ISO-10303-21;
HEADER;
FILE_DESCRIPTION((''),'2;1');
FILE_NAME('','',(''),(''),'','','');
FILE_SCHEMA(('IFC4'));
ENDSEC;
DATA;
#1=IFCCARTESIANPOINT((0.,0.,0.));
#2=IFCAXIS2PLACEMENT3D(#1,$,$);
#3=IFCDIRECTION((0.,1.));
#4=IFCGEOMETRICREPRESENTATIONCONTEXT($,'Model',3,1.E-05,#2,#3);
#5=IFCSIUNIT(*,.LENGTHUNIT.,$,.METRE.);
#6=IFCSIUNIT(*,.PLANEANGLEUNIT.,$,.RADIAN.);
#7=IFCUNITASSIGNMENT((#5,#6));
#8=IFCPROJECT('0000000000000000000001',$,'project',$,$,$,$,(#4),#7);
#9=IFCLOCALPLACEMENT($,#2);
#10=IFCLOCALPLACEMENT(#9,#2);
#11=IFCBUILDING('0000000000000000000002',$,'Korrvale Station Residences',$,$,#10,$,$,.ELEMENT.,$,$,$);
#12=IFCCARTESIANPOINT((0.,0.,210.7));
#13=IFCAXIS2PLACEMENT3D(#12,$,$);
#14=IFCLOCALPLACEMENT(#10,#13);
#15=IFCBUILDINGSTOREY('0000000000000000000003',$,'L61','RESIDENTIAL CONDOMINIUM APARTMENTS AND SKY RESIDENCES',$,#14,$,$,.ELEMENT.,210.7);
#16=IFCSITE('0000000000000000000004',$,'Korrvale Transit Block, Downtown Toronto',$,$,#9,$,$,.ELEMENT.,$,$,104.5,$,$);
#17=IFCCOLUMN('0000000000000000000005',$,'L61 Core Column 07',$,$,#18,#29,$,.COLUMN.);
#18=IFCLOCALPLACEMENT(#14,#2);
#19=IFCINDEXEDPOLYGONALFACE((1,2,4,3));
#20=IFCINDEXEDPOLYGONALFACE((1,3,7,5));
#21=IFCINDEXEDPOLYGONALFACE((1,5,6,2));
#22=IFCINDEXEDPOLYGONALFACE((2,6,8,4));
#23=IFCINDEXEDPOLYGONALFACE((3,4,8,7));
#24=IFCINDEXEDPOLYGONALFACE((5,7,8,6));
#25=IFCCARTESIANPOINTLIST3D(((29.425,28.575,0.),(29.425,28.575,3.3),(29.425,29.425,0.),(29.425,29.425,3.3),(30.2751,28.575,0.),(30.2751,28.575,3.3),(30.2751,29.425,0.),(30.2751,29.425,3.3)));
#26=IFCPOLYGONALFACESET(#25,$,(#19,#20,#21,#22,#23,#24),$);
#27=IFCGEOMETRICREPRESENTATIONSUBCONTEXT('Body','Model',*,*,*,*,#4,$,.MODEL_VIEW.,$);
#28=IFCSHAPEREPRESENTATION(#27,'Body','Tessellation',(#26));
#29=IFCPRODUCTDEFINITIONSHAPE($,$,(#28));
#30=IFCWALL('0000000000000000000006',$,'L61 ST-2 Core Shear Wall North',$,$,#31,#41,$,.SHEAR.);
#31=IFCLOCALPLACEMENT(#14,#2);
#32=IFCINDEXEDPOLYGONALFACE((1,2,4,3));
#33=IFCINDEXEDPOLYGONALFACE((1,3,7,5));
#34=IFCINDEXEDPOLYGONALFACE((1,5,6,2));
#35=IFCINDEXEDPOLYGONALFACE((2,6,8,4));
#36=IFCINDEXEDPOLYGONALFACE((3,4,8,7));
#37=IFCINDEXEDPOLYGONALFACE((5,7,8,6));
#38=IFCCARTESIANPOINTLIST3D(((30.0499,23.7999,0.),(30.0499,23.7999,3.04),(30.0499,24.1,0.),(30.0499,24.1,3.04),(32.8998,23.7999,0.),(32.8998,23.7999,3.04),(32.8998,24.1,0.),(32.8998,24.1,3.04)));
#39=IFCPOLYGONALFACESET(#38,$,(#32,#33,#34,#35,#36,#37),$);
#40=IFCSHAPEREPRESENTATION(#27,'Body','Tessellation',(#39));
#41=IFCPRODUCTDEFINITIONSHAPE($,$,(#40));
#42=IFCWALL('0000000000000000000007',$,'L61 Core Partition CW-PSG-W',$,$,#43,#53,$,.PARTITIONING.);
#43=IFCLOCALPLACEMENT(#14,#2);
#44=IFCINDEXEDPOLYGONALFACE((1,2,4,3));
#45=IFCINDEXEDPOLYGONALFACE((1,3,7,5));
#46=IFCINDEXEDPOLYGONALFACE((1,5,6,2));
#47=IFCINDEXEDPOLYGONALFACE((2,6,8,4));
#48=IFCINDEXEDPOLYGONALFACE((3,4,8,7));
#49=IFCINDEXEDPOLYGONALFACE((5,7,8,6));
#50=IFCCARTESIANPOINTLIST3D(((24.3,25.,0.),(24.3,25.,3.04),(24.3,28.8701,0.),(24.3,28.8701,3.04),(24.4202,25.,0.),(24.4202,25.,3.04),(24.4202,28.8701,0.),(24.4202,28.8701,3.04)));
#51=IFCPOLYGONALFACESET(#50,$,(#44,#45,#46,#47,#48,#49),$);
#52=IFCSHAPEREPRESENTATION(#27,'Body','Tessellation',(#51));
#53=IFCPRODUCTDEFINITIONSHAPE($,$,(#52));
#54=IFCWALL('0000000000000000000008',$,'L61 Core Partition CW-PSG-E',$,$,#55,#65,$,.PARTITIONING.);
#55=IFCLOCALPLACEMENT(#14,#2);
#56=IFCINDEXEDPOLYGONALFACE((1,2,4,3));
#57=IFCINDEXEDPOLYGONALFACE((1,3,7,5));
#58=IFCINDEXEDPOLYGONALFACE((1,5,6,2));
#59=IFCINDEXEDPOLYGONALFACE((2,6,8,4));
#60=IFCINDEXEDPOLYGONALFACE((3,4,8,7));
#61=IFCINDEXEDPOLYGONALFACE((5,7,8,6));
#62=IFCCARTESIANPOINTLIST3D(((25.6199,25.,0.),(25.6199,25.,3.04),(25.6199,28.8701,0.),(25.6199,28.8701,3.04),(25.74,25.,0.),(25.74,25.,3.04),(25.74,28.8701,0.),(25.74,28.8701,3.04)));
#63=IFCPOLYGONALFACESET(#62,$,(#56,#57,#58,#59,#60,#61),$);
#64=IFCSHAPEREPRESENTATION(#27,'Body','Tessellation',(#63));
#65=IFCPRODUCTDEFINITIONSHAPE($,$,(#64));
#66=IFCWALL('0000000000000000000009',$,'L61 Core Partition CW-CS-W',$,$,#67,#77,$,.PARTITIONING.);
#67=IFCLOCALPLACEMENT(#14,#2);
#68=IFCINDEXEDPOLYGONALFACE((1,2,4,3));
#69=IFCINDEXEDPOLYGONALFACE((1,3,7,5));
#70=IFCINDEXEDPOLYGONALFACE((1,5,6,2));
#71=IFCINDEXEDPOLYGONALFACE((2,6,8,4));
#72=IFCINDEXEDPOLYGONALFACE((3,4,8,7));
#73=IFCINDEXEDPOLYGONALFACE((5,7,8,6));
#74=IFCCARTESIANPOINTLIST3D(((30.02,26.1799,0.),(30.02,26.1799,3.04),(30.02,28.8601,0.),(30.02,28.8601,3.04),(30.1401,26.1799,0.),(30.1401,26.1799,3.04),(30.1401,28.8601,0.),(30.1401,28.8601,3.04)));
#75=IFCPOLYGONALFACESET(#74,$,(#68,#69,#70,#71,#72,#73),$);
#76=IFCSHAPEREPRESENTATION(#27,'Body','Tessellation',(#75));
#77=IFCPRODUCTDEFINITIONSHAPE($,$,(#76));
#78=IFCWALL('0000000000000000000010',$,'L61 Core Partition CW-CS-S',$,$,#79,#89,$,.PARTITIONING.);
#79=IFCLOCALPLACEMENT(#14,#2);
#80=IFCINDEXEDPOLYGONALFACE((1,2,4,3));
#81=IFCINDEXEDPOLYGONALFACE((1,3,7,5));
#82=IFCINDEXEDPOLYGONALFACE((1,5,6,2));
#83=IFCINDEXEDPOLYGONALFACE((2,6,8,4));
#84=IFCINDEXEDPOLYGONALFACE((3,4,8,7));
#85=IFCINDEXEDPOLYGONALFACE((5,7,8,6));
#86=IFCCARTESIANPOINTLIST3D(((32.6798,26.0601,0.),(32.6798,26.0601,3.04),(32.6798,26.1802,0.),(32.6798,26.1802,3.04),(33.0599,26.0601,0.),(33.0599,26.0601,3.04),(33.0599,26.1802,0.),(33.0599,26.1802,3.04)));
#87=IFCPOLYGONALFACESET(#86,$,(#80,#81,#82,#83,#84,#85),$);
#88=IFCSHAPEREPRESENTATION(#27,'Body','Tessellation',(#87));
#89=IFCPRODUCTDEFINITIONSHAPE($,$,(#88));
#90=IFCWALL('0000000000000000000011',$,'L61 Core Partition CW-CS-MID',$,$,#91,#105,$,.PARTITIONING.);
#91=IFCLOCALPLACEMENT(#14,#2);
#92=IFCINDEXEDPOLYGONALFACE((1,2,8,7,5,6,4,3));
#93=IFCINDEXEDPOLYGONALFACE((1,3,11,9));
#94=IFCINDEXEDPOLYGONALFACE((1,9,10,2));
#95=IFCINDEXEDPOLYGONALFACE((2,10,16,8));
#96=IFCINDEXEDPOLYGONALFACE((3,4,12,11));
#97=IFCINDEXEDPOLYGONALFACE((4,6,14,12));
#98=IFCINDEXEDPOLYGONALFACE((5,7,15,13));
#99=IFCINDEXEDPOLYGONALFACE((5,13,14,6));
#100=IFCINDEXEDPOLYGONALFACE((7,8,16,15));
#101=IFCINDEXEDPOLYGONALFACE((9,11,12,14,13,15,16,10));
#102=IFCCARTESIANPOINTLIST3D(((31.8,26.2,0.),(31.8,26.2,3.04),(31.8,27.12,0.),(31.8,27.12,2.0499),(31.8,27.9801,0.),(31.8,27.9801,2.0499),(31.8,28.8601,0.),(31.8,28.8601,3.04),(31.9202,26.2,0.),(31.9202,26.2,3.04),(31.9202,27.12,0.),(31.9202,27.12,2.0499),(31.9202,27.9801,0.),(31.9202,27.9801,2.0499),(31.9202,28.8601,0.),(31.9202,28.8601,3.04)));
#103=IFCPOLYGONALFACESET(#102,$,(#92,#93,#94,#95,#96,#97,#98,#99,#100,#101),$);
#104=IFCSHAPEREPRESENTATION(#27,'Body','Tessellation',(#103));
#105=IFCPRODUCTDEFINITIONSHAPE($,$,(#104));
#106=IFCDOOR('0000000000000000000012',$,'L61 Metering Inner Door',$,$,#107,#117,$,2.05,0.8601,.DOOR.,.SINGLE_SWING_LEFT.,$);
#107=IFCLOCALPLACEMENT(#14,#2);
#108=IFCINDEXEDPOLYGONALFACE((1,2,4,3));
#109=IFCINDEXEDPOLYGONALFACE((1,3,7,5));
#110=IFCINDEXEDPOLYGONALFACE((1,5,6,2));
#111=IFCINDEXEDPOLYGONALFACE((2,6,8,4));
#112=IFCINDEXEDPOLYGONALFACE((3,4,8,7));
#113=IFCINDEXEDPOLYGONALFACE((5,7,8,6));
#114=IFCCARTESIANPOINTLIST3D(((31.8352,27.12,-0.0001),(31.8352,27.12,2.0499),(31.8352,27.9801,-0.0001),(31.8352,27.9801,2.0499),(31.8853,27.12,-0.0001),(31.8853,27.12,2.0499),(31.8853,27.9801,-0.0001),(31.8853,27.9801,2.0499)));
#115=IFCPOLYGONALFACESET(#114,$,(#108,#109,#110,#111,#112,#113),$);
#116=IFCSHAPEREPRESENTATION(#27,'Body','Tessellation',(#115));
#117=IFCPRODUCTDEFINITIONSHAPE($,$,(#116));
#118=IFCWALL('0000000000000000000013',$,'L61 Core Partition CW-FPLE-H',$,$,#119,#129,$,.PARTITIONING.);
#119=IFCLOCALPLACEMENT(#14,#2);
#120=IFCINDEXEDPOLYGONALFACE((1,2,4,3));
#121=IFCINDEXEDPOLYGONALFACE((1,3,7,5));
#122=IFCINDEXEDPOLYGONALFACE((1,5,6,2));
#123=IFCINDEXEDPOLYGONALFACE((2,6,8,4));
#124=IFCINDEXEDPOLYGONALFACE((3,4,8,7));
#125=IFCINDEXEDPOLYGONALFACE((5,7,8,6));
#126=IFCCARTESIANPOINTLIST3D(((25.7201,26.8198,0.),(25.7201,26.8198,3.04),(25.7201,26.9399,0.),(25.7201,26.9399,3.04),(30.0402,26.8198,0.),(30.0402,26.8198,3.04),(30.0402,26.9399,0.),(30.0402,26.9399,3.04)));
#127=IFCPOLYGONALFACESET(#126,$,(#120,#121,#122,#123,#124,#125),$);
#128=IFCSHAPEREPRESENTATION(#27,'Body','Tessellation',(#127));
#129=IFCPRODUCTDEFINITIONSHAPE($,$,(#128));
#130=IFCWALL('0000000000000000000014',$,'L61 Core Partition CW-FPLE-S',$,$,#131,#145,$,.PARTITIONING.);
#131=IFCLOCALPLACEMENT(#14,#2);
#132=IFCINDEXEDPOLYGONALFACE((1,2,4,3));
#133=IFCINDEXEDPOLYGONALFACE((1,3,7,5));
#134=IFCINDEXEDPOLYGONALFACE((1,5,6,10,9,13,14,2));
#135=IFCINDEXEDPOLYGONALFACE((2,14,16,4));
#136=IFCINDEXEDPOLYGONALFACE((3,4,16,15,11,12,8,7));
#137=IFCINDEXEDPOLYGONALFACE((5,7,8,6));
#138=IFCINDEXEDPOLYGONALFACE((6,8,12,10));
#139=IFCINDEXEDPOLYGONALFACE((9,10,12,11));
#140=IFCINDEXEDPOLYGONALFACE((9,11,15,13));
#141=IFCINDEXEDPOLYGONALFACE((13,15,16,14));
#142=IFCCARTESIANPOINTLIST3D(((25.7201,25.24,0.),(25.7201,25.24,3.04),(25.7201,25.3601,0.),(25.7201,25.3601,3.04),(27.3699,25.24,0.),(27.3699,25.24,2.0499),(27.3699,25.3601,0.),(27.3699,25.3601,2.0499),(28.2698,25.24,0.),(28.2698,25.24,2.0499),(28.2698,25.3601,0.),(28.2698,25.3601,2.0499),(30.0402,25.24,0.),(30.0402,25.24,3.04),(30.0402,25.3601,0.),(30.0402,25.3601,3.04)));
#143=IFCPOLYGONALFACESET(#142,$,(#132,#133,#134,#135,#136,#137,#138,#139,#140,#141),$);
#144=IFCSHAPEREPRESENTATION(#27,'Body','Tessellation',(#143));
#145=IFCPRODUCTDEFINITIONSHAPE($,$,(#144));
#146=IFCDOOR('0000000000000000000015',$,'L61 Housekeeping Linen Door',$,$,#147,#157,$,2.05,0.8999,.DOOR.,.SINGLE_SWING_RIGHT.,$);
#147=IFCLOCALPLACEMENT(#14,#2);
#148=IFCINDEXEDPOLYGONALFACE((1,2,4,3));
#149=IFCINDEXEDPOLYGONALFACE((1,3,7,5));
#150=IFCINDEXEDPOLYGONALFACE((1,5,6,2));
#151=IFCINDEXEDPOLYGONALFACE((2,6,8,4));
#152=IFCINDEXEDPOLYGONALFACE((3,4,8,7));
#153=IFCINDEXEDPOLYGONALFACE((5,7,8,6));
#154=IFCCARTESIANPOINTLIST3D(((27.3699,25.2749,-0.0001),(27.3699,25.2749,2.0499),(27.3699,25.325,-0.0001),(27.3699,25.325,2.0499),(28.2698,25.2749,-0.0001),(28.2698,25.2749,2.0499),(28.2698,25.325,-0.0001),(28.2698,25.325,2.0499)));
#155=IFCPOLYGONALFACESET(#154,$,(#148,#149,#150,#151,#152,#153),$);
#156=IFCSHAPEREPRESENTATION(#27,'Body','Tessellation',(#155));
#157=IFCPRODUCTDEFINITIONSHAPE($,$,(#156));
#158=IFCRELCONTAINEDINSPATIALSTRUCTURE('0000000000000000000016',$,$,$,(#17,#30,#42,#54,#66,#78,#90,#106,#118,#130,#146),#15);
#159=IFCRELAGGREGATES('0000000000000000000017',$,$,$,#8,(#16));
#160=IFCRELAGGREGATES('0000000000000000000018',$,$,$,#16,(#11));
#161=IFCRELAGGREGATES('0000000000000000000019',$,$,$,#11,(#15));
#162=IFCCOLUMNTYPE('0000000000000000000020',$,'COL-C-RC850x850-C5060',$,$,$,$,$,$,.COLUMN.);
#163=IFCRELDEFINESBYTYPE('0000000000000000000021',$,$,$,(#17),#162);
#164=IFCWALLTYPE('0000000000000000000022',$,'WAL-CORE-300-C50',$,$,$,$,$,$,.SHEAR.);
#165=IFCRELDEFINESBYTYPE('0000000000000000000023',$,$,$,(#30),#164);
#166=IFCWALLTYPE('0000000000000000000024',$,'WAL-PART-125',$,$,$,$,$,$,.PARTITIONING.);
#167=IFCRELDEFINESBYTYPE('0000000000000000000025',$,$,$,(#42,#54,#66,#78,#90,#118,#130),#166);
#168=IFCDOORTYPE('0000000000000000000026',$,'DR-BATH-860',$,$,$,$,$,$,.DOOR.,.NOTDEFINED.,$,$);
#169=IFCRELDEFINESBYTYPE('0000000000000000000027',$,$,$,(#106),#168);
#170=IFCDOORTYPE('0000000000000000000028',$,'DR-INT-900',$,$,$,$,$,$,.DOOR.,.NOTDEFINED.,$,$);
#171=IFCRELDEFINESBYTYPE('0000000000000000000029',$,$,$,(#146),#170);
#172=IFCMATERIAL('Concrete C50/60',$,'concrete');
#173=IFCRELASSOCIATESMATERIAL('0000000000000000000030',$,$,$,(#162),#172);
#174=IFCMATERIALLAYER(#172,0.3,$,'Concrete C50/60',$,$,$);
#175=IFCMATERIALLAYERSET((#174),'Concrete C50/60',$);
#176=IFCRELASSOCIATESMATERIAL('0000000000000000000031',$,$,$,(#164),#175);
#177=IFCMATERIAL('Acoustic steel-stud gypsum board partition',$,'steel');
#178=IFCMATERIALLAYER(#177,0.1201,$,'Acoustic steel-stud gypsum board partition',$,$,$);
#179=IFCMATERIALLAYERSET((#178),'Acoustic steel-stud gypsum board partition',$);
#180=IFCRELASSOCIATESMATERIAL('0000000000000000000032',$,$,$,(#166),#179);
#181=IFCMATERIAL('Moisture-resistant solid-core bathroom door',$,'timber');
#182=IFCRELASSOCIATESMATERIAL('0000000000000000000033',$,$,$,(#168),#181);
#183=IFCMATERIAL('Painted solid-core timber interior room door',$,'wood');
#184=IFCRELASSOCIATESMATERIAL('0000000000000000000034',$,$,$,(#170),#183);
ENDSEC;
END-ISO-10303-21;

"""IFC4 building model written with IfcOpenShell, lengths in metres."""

from ifc_helpers import new_model, si_unit, direction, frame, frame_2d, origin, origin_2d, place, context, subcontext, project, spatial, rectangle, extrude, material, layer, layer_set, material_profile, profile_set, type_object, element, fill, save


model = new_model("IFC4")

# Units and contexts
model_context = context("Model", 3, precision=1e-05, world=origin(), true_north=direction((0.0, 1.0)))
body_context = subcontext(model_context, "Body", "Model", "MODEL_VIEW")
ifc_project = project(units=[si_unit("LENGTHUNIT", "METRE"), si_unit("PLANEANGLEUNIT", "RADIAN")], contexts=[model_context])

# Site, building, storey
site_placement = place(None, origin())
site = spatial("IfcSite", under=ifc_project, at=site_placement, Name="Korrvale Transit Block, Downtown Toronto", CompositionType="ELEMENT", RefElevation=104.5)
building_placement = place(site_placement, origin())
building = spatial("IfcBuilding", under=site, at=building_placement, Name="Korrvale Station Residences", CompositionType="ELEMENT")
storey_placement = place(building_placement, frame((0.0, 0.0, 210.7)))
storey = spatial("IfcBuildingStorey", under=building, at=storey_placement, Name="L61", Description="RESIDENTIAL CONDOMINIUM APARTMENTS AND SKY RESIDENCES", CompositionType="ELEMENT", Elevation=210.7)

# Column
ifc_material_1 = material(Name="Concrete C50/60", Category="concrete")
ifc_material_profile = material_profile(ifc_material_1, rectangle(XDim=0.8501, YDim=0.8501, at=origin_2d()), Name="RC850x850")
ifc_profile_set = profile_set([ifc_material_profile], Name="Concrete C50/60")
column_type = type_object("IfcColumnType", Name="COL-C-RC850x850-C5060", PredefinedType="COLUMN", material=ifc_profile_set)
column_placement = place(storey_placement, frame((29.8501, 29.0, 0.0), z_axis=(0.0, 0.0, 1.0), x_axis=(1.0, 0.0, 0.0)))
element("IfcColumn", 1, at=column_placement, inside=storey, type_object=column_type, Name="L61 Core Column 07", PredefinedType="COLUMN", context=body_context, shape_type="SweptSolid", body=[
    extrude(rectangle(XDim=0.8501, YDim=0.8501, at=origin_2d()), origin(), (0.0, 0.0, 1.0), 3.3),
])

# Walls
ifc_layer_1 = layer(ifc_material_1, 0.3, Name="Concrete C50/60")
ifc_layer_set_1 = layer_set([ifc_layer_1], Name="Concrete C50/60")
wall_type_1 = type_object("IfcWallType", Name="WAL-CORE-300-C50", PredefinedType="SHEAR", material=ifc_layer_set_1)
wall_1_placement = place(storey_placement, frame((30.05, 23.95, 0.0), z_axis=(0.0, 0.0, 1.0), x_axis=(1.0, 0.0, 0.0)))
element("IfcWall", 2, at=wall_1_placement, inside=storey, type_object=wall_type_1, Name="L61 ST-2 Core Shear Wall North", PredefinedType="SHEAR", context=body_context, shape_type="SweptSolid", body=[
    extrude(rectangle(XDim=2.8499, YDim=0.3, at=frame_2d((1.4248, 0.0))), origin(), (0.0, 0.0, 1.0), 3.04),
])
ifc_material_2 = material(Name="Acoustic steel-stud gypsum board partition", Category="steel")
ifc_layer_2 = layer(ifc_material_2, 0.1201, Name="Acoustic steel-stud gypsum board partition")
ifc_layer_set_2 = layer_set([ifc_layer_2], Name="Acoustic steel-stud gypsum board partition")
wall_type_2 = type_object("IfcWallType", Name="WAL-PART-125", PredefinedType="PARTITIONING", material=ifc_layer_set_2)
for number, where, z_axis, x_axis, name in (
    (3, (24.3601, 25.0, 0.0), (0.0, 0.0, 1.0), (0.0, 1.0, 0.0), "L61 Core Partition CW-PSG-W"),
    (4, (25.6799, 25.0, 0.0), (0.0, 0.0, 1.0), (0.0, 1.0, 0.0), "L61 Core Partition CW-PSG-E"),
):
    element("IfcWall", number, at=place(storey_placement, frame(where, z_axis=z_axis, x_axis=x_axis)), inside=storey, type_object=wall_type_2, Name=name, PredefinedType="PARTITIONING", context=body_context, shape_type="SweptSolid", body=[
        extrude(rectangle(XDim=3.8701, YDim=0.1201, at=frame_2d((1.9351, 0.0))), origin(), (0.0, 0.0, 1.0), 3.04),
    ])
wall_2_placement = place(storey_placement, frame((30.0801, 26.1799, 0.0), z_axis=(0.0, 0.0, 1.0), x_axis=(0.0, 1.0, 0.0)))
element("IfcWall", 5, at=wall_2_placement, inside=storey, type_object=wall_type_2, Name="L61 Core Partition CW-CS-W", PredefinedType="PARTITIONING", context=body_context, shape_type="SweptSolid", body=[
    extrude(rectangle(XDim=2.6802, YDim=0.1201, at=frame_2d((1.3401, 0.0))), origin(), (0.0, 0.0, 1.0), 3.04),
])
wall_3_placement = place(storey_placement, frame((32.6799, 26.1201, 0.0), z_axis=(0.0, 0.0, 1.0), x_axis=(1.0, 0.0, 0.0)))
element("IfcWall", 6, at=wall_3_placement, inside=storey, type_object=wall_type_2, Name="L61 Core Partition CW-CS-S", PredefinedType="PARTITIONING", context=body_context, shape_type="SweptSolid", body=[
    extrude(rectangle(XDim=0.3801, YDim=0.1201, at=frame_2d((0.1899, 0.0))), origin(), (0.0, 0.0, 1.0), 3.04),
])

# Wall, opening, door
wall_4_placement = place(storey_placement, frame((31.8601, 26.2, 0.0), z_axis=(0.0, 0.0, 1.0), x_axis=(0.0, 1.0, 0.0)))
wall_4 = element("IfcWall", 7, at=wall_4_placement, inside=storey, type_object=wall_type_2, Name="L61 Core Partition CW-CS-MID", PredefinedType="PARTITIONING", context=body_context, shape_type="SweptSolid", body=[
    extrude(rectangle(XDim=2.6602, YDim=0.1201, at=frame_2d((1.3301, 0.0))), origin(), (0.0, 0.0, 1.0), 3.04),
])
opening_1_placement = place(wall_4_placement, frame((0.9199, 0.0, 0.0)))
opening_1 = element("IfcOpeningElement", 8, at=opening_1_placement, cuts=wall_4, PredefinedType="OPENING", context=body_context, shape_type="SweptSolid", body=[
    extrude(rectangle(XDim=0.8601, YDim=2.05, at=frame_2d((0.4302, 1.0249))), frame((0.0, 0.0701, 0.0), z_axis=(0.0, -1.0, 0.0), x_axis=(1.0, 0.0, 0.0)), (0.0, 0.0, 1.0), 0.1401),
])
ifc_material_3 = material(Name="Moisture-resistant solid-core bathroom door", Category="timber")
door_type_1 = type_object("IfcDoorType", Name="DR-BATH-860", OperationType="NOTDEFINED", PredefinedType="DOOR", material=ifc_material_3)
door_1_placement = place(opening_1_placement, origin())
door_1 = element("IfcDoor", 9, at=door_1_placement, inside=storey, type_object=door_type_1, Name="L61 Metering Inner Door", OperationType="SINGLE_SWING_LEFT", OverallHeight=2.05, OverallWidth=0.8601, PredefinedType="DOOR", context=body_context, shape_type="SweptSolid", body=[
    extrude(rectangle(XDim=0.8601, YDim=2.05, at=frame_2d((0.4302, 1.0249))), frame((0.0, 0.0249, 0.0), z_axis=(0.0, -1.0, 0.0), x_axis=(1.0, 0.0, 0.0)), (0.0, 0.0, 1.0), 0.05),
])
fill(opening_1, door_1)

# Wall
wall_5_placement = place(storey_placement, frame((25.72, 26.8799, 0.0), z_axis=(0.0, 0.0, 1.0), x_axis=(1.0, 0.0, 0.0)))
element("IfcWall", 10, at=wall_5_placement, inside=storey, type_object=wall_type_2, Name="L61 Core Partition CW-FPLE-H", PredefinedType="PARTITIONING", context=body_context, shape_type="SweptSolid", body=[
    extrude(rectangle(XDim=4.3201, YDim=0.1201, at=frame_2d((2.1602, 0.0))), origin(), (0.0, 0.0, 1.0), 3.04),
])

# Wall, opening, door
wall_6_placement = place(storey_placement, frame((25.72, 25.3, 0.0), z_axis=(0.0, 0.0, 1.0), x_axis=(1.0, 0.0, 0.0)))
wall_6 = element("IfcWall", 11, at=wall_6_placement, inside=storey, type_object=wall_type_2, Name="L61 Core Partition CW-FPLE-S", PredefinedType="PARTITIONING", context=body_context, shape_type="SweptSolid", body=[
    extrude(rectangle(XDim=4.3201, YDim=0.1201, at=frame_2d((2.1602, 0.0))), origin(), (0.0, 0.0, 1.0), 3.04),
])
opening_2_placement = place(wall_6_placement, frame((1.6499, 0.0, 0.0)))
opening_2 = element("IfcOpeningElement", 12, at=opening_2_placement, cuts=wall_6, PredefinedType="OPENING", context=body_context, shape_type="SweptSolid", body=[
    extrude(rectangle(XDim=0.8999, YDim=2.05, at=frame_2d((0.45, 1.0249))), frame((0.0, 0.0701, 0.0), z_axis=(0.0, -1.0, 0.0), x_axis=(1.0, 0.0, 0.0)), (0.0, 0.0, 1.0), 0.1401),
])
ifc_material_4 = material(Name="Painted solid-core timber interior room door", Category="wood")
door_type_2 = type_object("IfcDoorType", Name="DR-INT-900", OperationType="NOTDEFINED", PredefinedType="DOOR", material=ifc_material_4)
door_2_placement = place(opening_2_placement, origin())
door_2 = element("IfcDoor", 13, at=door_2_placement, inside=storey, type_object=door_type_2, Name="L61 Housekeeping Linen Door", OperationType="SINGLE_SWING_RIGHT", OverallHeight=2.05, OverallWidth=0.8999, PredefinedType="DOOR", context=body_context, shape_type="SweptSolid", body=[
    extrude(rectangle(XDim=0.8999, YDim=2.05, at=frame_2d((0.45, 1.0249))), frame((0.0, 0.0249, 0.0), z_axis=(0.0, -1.0, 0.0), x_axis=(1.0, 0.0, 0.0)), (0.0, 0.0, 1.0), 0.05),
])
fill(opening_2, door_2)

save(model, "model.ifc")
